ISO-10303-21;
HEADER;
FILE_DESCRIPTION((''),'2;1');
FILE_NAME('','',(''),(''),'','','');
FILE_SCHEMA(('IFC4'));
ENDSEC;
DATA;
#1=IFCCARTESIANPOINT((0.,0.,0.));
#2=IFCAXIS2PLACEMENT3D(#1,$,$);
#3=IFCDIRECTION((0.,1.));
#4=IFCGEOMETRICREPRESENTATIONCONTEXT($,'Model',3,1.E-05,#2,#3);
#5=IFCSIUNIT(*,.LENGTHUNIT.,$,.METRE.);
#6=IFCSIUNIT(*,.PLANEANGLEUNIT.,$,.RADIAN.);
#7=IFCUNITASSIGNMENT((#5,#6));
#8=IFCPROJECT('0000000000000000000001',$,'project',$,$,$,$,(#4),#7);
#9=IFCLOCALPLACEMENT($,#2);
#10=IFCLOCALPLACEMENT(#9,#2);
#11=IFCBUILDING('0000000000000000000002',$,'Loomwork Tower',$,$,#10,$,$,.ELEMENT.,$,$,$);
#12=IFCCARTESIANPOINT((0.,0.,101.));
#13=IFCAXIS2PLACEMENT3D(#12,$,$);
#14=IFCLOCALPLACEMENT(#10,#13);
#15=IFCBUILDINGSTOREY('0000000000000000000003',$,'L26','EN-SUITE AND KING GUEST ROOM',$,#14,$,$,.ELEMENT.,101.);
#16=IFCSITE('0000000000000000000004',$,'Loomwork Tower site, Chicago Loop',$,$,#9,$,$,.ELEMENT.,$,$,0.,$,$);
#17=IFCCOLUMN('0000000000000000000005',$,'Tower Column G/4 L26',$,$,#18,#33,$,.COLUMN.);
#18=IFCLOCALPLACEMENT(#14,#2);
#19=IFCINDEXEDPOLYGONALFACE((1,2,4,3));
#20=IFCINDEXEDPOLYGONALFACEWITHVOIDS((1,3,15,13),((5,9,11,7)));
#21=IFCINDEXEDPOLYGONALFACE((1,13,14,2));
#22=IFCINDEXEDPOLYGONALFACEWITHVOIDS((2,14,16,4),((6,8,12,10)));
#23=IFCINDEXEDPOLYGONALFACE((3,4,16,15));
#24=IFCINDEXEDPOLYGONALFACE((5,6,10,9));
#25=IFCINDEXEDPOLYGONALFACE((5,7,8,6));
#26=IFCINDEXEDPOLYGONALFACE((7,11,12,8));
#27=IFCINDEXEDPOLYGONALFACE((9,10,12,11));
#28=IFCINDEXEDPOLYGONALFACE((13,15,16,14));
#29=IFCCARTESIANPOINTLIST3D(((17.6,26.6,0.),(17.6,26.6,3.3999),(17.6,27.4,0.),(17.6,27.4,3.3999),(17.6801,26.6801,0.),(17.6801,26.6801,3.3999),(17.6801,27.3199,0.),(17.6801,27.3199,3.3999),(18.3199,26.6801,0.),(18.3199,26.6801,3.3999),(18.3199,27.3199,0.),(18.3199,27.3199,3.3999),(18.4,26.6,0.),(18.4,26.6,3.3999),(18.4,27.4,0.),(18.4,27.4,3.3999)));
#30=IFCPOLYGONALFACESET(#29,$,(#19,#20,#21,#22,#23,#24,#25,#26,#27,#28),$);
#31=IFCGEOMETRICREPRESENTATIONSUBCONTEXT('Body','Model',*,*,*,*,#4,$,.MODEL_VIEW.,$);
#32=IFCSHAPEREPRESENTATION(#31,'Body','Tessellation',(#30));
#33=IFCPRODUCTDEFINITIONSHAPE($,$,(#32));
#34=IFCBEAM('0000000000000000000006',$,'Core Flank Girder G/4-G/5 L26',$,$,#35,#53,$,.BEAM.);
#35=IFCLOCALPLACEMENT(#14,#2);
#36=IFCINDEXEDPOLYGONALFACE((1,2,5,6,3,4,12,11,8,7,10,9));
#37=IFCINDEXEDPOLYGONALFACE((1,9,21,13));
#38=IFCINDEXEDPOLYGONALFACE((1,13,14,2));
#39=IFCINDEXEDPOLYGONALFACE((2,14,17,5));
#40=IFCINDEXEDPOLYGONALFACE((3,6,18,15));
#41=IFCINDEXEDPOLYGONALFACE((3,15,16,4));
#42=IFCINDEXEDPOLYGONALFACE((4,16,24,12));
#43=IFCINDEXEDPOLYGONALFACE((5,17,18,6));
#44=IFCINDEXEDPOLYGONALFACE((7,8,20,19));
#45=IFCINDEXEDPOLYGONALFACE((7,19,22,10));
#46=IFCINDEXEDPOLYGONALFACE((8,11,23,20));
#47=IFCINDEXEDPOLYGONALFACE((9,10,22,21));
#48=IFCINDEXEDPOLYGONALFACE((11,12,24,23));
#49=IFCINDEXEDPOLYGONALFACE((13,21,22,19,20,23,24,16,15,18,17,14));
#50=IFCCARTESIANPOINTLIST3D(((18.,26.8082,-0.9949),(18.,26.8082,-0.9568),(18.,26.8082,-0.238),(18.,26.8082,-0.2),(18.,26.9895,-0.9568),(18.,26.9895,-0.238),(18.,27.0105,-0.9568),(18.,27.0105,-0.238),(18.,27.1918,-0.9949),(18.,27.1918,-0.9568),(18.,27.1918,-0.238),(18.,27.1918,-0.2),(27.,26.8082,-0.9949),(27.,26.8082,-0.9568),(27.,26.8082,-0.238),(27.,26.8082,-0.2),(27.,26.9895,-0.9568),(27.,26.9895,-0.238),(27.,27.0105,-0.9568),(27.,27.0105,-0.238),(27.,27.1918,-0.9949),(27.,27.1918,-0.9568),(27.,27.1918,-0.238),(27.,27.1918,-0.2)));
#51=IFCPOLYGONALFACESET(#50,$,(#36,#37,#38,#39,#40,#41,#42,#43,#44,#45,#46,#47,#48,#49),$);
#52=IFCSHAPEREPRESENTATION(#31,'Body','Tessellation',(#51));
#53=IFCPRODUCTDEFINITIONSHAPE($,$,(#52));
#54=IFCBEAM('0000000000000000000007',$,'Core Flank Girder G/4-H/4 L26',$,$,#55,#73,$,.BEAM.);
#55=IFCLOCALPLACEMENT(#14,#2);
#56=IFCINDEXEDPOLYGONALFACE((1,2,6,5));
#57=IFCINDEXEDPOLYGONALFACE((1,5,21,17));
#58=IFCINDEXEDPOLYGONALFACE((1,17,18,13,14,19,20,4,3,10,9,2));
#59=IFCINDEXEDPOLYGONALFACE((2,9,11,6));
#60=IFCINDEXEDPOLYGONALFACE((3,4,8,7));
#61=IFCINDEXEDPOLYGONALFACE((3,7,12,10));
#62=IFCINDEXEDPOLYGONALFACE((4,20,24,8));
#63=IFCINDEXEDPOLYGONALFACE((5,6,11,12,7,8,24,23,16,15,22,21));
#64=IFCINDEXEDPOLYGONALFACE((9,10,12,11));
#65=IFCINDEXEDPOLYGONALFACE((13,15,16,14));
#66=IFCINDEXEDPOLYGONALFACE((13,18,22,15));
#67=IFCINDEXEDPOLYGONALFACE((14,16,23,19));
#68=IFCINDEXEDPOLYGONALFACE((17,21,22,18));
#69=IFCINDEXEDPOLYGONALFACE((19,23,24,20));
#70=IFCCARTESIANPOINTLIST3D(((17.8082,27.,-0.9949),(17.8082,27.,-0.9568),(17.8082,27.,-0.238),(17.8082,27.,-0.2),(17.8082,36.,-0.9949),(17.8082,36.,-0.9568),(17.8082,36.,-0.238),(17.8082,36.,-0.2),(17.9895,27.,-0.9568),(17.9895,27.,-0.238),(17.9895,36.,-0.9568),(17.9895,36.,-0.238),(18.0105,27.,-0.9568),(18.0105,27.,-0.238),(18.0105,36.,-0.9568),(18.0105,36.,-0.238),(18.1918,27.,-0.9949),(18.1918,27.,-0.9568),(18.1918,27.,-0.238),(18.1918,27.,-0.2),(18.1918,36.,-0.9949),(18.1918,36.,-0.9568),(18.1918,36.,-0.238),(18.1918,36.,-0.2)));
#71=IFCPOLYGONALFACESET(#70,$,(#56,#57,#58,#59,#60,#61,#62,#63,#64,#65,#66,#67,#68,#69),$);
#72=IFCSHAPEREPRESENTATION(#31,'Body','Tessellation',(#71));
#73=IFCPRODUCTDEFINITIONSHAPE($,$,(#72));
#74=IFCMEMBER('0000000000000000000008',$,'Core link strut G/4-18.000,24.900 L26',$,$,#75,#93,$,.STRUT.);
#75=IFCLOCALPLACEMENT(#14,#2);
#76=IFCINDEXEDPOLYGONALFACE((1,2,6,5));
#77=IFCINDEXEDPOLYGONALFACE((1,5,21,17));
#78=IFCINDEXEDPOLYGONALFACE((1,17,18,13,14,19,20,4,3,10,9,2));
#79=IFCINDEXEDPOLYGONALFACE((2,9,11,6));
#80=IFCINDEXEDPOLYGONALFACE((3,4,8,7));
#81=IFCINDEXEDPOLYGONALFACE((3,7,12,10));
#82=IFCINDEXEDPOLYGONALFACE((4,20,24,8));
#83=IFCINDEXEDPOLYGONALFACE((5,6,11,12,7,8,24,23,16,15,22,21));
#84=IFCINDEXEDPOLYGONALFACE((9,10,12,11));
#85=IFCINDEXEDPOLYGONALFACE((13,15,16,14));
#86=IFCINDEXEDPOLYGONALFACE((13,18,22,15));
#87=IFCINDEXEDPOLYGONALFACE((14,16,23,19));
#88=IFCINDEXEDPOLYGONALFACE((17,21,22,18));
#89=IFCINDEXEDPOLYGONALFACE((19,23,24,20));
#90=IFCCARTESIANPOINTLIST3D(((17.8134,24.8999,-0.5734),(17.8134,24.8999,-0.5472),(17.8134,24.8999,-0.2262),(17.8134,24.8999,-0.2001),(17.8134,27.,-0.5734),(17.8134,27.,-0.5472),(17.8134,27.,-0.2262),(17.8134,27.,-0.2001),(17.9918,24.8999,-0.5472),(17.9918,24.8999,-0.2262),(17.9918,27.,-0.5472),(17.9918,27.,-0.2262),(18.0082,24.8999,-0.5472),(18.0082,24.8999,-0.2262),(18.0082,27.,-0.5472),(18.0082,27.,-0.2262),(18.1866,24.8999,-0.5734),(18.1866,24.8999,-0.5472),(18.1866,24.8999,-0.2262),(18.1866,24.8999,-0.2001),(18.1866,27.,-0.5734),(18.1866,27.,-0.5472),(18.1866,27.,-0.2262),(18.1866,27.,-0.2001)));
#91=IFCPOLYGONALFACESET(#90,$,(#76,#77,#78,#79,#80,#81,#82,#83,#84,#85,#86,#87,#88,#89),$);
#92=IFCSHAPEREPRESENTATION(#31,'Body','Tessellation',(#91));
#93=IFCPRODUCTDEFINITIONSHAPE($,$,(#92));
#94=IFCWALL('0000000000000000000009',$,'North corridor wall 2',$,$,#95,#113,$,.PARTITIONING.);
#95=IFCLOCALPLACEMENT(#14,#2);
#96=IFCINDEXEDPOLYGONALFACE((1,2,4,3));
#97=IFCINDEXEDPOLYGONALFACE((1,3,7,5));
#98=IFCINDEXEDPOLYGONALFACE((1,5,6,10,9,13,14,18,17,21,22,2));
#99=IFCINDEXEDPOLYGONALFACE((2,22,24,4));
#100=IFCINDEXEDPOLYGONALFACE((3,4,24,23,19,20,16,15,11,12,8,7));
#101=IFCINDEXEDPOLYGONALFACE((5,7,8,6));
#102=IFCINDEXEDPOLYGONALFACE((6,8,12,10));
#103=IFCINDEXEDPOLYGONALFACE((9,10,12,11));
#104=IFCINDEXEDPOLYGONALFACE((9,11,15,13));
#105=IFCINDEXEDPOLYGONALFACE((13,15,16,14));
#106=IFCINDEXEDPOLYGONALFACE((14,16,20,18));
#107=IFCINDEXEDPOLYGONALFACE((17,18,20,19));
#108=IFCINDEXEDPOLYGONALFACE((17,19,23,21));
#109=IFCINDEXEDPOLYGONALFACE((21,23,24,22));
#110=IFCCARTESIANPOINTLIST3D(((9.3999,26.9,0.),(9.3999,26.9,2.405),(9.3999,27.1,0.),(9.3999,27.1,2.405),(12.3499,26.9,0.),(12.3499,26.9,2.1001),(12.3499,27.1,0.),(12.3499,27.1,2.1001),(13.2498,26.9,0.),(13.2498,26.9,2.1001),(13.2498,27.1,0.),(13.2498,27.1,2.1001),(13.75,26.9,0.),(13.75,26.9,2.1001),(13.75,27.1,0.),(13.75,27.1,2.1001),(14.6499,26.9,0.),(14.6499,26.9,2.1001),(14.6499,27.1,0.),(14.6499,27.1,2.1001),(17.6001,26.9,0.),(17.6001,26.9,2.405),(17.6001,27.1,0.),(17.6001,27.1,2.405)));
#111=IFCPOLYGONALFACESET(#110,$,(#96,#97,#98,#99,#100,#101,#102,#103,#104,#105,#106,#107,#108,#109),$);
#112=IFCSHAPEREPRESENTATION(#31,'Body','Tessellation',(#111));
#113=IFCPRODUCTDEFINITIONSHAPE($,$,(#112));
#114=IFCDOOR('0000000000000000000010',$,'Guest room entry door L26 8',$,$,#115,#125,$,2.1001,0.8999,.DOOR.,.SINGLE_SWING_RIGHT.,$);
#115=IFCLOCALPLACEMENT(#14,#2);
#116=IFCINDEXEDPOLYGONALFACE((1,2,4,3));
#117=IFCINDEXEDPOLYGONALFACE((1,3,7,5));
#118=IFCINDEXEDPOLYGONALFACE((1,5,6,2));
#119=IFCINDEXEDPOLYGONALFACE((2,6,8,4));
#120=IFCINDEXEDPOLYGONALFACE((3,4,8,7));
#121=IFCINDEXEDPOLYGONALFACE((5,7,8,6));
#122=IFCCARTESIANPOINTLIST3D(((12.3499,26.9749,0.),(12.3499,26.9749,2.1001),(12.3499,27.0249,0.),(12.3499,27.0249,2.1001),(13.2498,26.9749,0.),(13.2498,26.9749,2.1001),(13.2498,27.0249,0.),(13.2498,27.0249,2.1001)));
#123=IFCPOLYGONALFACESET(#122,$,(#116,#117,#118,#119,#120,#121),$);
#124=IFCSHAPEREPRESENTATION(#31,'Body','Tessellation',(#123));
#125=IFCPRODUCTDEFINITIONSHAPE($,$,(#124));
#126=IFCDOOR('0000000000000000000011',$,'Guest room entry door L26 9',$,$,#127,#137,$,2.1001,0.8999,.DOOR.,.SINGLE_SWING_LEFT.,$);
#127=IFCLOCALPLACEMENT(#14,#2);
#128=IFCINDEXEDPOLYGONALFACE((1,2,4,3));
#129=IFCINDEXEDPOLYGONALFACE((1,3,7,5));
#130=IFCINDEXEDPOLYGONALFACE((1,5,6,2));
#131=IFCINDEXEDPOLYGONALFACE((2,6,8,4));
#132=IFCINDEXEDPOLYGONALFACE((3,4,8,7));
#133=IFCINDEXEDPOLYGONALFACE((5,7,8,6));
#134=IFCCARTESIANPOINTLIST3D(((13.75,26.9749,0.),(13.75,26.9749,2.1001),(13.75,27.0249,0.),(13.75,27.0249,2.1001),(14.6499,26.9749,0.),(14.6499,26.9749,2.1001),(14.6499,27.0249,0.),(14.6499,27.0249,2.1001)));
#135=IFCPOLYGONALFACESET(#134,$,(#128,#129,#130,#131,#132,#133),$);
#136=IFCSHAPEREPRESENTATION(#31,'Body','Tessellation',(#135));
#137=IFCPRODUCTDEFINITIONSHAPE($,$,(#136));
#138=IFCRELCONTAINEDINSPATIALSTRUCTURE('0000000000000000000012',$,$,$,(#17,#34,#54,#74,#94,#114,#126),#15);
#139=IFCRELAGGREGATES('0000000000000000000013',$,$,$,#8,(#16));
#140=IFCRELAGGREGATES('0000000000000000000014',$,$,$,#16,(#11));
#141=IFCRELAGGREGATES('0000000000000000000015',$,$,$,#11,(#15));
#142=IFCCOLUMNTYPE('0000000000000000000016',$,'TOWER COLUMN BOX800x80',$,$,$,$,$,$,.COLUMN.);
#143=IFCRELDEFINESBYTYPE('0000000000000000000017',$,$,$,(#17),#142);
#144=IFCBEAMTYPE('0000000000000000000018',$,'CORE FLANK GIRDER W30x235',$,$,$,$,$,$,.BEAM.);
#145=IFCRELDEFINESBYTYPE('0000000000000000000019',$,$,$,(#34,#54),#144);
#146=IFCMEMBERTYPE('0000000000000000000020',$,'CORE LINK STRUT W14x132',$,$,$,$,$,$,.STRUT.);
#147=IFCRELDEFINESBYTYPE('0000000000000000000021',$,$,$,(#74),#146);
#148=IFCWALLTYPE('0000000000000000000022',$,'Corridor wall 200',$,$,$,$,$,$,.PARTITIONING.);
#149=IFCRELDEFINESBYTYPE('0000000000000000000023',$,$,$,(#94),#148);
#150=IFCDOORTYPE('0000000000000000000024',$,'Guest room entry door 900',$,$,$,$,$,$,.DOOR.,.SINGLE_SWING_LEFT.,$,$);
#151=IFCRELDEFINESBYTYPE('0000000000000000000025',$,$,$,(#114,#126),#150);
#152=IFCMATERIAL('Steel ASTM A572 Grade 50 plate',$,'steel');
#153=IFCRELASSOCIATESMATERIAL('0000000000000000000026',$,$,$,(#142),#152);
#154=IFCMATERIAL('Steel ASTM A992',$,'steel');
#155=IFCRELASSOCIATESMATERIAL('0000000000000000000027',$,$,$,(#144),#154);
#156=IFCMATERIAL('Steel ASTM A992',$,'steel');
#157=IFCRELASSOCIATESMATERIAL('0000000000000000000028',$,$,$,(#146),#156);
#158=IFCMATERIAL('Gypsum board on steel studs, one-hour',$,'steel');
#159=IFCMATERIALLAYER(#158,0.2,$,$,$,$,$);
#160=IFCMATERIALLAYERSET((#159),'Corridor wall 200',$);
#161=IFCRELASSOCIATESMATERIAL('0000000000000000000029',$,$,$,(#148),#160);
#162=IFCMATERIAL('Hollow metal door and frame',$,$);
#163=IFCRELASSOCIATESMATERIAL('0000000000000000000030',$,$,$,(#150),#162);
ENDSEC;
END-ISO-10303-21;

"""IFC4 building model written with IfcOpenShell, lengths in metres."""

from ifc_helpers import new_model, si_unit, direction, frame, frame_2d, origin, origin_2d, place, context, subcontext, project, spatial, rectangle, hollow_rectangle, i_section, extrude, material, layer, layer_set, material_profile, profile_set, type_object, element, fill, save


model = new_model("IFC4")

# Units and contexts
model_context = context("Model", 3, precision=1e-05, world=origin(), true_north=direction((0.0, 1.0)))
body_context = subcontext(model_context, "Body", "Model", "MODEL_VIEW")
ifc_project = project(units=[si_unit("LENGTHUNIT", "METRE"), si_unit("PLANEANGLEUNIT", "RADIAN")], contexts=[model_context])

# Site, building, storey
site_placement = place(None, origin())
site = spatial("IfcSite", under=ifc_project, at=site_placement, Name="Loomwork Tower site, Chicago Loop", CompositionType="ELEMENT", RefElevation=0.0)
building_placement = place(site_placement, origin())
building = spatial("IfcBuilding", under=site, at=building_placement, Name="Loomwork Tower", CompositionType="ELEMENT")
storey_placement = place(building_placement, frame((0.0, 0.0, 101.0)))
storey = spatial("IfcBuildingStorey", under=building, at=storey_placement, Name="L26", Description="EN-SUITE AND KING GUEST ROOM", CompositionType="ELEMENT", Elevation=101.0)

# Column
ifc_material_1 = material(Name="Steel ASTM A572 Grade 50 plate", Category="steel")
ifc_material_profile_1 = material_profile(ifc_material_1, hollow_rectangle(XDim=0.8, YDim=0.8, WallThickness=0.0801, at=origin_2d()), Name="BOX800x80")
ifc_profile_set_1 = profile_set([ifc_material_profile_1], Name="Steel ASTM A572 Grade 50 plate")
column_type = type_object("IfcColumnType", Name="TOWER COLUMN BOX800x80", PredefinedType="COLUMN", material=ifc_profile_set_1)
column_placement = place(storey_placement, frame((18.0, 27.0, 0.0), z_axis=(0.0, 0.0, 1.0), x_axis=(1.0, 0.0, 0.0)))
element("IfcColumn", 1, at=column_placement, inside=storey, type_object=column_type, Name="Tower Column G/4 L26", PredefinedType="COLUMN", context=body_context, shape_type="SweptSolid", body=[
    extrude(hollow_rectangle(XDim=0.8, YDim=0.8, WallThickness=0.0801, at=origin_2d()), origin(), (0.0, 0.0, 1.0), 3.3999),
])

# Beams
ifc_material_2 = material(Name="Steel ASTM A992", Category="steel")
ifc_material_profile_2 = material_profile(ifc_material_2, i_section(OverallWidth=0.3835, OverallDepth=0.7949, WebThickness=0.021, FlangeThickness=0.0381, at=origin_2d()), Name="W30x235")
ifc_profile_set_2 = profile_set([ifc_material_profile_2], Name="Steel ASTM A992")
beam_type = type_object("IfcBeamType", Name="CORE FLANK GIRDER W30x235", PredefinedType="BEAM", material=ifc_profile_set_2)
for number, where, z_axis, x_axis, name in (
    (2, (18.0, 27.0, -0.5974), (1.0, 0.0, 0.0), (0.0, 1.0, 0.0), "Core Flank Girder G/4-G/5 L26"),
    (3, (18.0, 27.0, -0.5974), (0.0, 1.0, 0.0), (-1.0, 0.0, 0.0), "Core Flank Girder G/4-H/4 L26"),
):
    element("IfcBeam", number, at=place(storey_placement, frame(where, z_axis=z_axis, x_axis=x_axis)), inside=storey, type_object=beam_type, Name=name, PredefinedType="BEAM", context=body_context, shape_type="SweptSolid", body=[
        extrude(i_section(OverallWidth=0.3835, OverallDepth=0.7949, WebThickness=0.021, FlangeThickness=0.0381, at=origin_2d()), origin(), (0.0, 0.0, 1.0), 9.0),
    ])

# Member
ifc_material_3 = material(Name="Steel ASTM A992", Category="steel")
ifc_material_profile_3 = material_profile(ifc_material_3, i_section(OverallWidth=0.3733, OverallDepth=0.3733, WebThickness=0.0164, FlangeThickness=0.0261, at=origin_2d()), Name="W14x132")
ifc_profile_set_3 = profile_set([ifc_material_profile_3], Name="Steel ASTM A992")
member_type = type_object("IfcMemberType", Name="CORE LINK STRUT W14x132", PredefinedType="STRUT", material=ifc_profile_set_3)
member_placement = place(storey_placement, frame((18.0, 27.0, -0.3867), z_axis=(0.0, -1.0, 0.0), x_axis=(1.0, 0.0, 0.0)))
element("IfcMember", 4, at=member_placement, inside=storey, type_object=member_type, Name="Core link strut G/4-18.000,24.900 L26", PredefinedType="STRUT", context=body_context, shape_type="SweptSolid", body=[
    extrude(i_section(OverallWidth=0.3733, OverallDepth=0.3733, WebThickness=0.0164, FlangeThickness=0.0261, at=origin_2d()), origin(), (0.0, 0.0, 1.0), 2.1001),
])

# Wall, openings, doors
ifc_material_4 = material(Name="Gypsum board on steel studs, one-hour", Category="steel")
ifc_layer_1 = layer(ifc_material_4, 0.2)
ifc_layer_set_1 = layer_set([ifc_layer_1], Name="Corridor wall 200")
wall_type_1 = type_object("IfcWallType", Name="Corridor wall 200", PredefinedType="PARTITIONING", material=ifc_layer_set_1)
wall_1_placement = place(storey_placement, frame((9.3999, 27.0, 0.0), z_axis=(0.0, 0.0, 1.0), x_axis=(1.0, 0.0, 0.0)))
wall_1 = element("IfcWall", 5, at=wall_1_placement, inside=storey, type_object=wall_type_1, Name="North corridor wall 2", PredefinedType="PARTITIONING", context=body_context, shape_type="SweptSolid", body=[
    extrude(rectangle(XDim=8.2002, YDim=0.2, at=frame_2d((4.1001, 0.0))), origin(), (0.0, 0.0, 1.0), 2.405),
])
opening_1_placement = place(wall_1_placement, frame((2.95, 0.0, 0.0)))
opening_1 = element("IfcOpeningElement", 6, at=opening_1_placement, cuts=wall_1, PredefinedType="OPENING", context=body_context, shape_type="SweptSolid", body=[
    extrude(rectangle(XDim=0.8999, YDim=2.1001, at=frame_2d((0.45, 1.05))), frame((0.0, 0.1099, 0.0), z_axis=(0.0, -1.0, 0.0), x_axis=(1.0, 0.0, 0.0)), (0.0, 0.0, 1.0), 0.22),
])
opening_2_placement = place(wall_1_placement, frame((4.3501, 0.0, 0.0)))
opening_2 = element("IfcOpeningElement", 7, at=opening_2_placement, cuts=wall_1, PredefinedType="OPENING", context=body_context, shape_type="SweptSolid", body=[
    extrude(rectangle(XDim=0.8999, YDim=2.1001, at=frame_2d((0.45, 1.05))), frame((0.0, 0.1099, 0.0), z_axis=(0.0, -1.0, 0.0), x_axis=(1.0, 0.0, 0.0)), (0.0, 0.0, 1.0), 0.22),
])
ifc_material_5 = material(Name="Hollow metal door and frame")
door_type_1 = type_object("IfcDoorType", Name="Guest room entry door 900", OperationType="SINGLE_SWING_LEFT", PredefinedType="DOOR", material=ifc_material_5)
door_1_placement = place(opening_1_placement, origin())
door_1 = element("IfcDoor", 8, at=door_1_placement, inside=storey, type_object=door_type_1, Name="Guest room entry door L26 8", OperationType="SINGLE_SWING_RIGHT", OverallHeight=2.1001, OverallWidth=0.8999, PredefinedType="DOOR", context=body_context, shape_type="SweptSolid", body=[
    extrude(rectangle(XDim=0.8999, YDim=2.1001, at=frame_2d((0.45, 1.05))), frame((0.0, 0.0249, 0.0), z_axis=(0.0, -1.0, 0.0), x_axis=(1.0, 0.0, 0.0)), (0.0, 0.0, 1.0), 0.05),
])
fill(opening_1, door_1)
door_2_placement = place(opening_2_placement, origin())
door_2 = element("IfcDoor", 9, at=door_2_placement, inside=storey, type_object=door_type_1, Name="Guest room entry door L26 9", OperationType="SINGLE_SWING_LEFT", OverallHeight=2.1001, OverallWidth=0.8999, PredefinedType="DOOR", context=body_context, shape_type="SweptSolid", body=[
    extrude(rectangle(XDim=0.8999, YDim=2.1001, at=frame_2d((0.45, 1.05))), frame((0.0, 0.0249, 0.0), z_axis=(0.0, -1.0, 0.0), x_axis=(1.0, 0.0, 0.0)), (0.0, 0.0, 1.0), 0.05),
])
fill(opening_2, door_2)

save(model, "model.ifc")
